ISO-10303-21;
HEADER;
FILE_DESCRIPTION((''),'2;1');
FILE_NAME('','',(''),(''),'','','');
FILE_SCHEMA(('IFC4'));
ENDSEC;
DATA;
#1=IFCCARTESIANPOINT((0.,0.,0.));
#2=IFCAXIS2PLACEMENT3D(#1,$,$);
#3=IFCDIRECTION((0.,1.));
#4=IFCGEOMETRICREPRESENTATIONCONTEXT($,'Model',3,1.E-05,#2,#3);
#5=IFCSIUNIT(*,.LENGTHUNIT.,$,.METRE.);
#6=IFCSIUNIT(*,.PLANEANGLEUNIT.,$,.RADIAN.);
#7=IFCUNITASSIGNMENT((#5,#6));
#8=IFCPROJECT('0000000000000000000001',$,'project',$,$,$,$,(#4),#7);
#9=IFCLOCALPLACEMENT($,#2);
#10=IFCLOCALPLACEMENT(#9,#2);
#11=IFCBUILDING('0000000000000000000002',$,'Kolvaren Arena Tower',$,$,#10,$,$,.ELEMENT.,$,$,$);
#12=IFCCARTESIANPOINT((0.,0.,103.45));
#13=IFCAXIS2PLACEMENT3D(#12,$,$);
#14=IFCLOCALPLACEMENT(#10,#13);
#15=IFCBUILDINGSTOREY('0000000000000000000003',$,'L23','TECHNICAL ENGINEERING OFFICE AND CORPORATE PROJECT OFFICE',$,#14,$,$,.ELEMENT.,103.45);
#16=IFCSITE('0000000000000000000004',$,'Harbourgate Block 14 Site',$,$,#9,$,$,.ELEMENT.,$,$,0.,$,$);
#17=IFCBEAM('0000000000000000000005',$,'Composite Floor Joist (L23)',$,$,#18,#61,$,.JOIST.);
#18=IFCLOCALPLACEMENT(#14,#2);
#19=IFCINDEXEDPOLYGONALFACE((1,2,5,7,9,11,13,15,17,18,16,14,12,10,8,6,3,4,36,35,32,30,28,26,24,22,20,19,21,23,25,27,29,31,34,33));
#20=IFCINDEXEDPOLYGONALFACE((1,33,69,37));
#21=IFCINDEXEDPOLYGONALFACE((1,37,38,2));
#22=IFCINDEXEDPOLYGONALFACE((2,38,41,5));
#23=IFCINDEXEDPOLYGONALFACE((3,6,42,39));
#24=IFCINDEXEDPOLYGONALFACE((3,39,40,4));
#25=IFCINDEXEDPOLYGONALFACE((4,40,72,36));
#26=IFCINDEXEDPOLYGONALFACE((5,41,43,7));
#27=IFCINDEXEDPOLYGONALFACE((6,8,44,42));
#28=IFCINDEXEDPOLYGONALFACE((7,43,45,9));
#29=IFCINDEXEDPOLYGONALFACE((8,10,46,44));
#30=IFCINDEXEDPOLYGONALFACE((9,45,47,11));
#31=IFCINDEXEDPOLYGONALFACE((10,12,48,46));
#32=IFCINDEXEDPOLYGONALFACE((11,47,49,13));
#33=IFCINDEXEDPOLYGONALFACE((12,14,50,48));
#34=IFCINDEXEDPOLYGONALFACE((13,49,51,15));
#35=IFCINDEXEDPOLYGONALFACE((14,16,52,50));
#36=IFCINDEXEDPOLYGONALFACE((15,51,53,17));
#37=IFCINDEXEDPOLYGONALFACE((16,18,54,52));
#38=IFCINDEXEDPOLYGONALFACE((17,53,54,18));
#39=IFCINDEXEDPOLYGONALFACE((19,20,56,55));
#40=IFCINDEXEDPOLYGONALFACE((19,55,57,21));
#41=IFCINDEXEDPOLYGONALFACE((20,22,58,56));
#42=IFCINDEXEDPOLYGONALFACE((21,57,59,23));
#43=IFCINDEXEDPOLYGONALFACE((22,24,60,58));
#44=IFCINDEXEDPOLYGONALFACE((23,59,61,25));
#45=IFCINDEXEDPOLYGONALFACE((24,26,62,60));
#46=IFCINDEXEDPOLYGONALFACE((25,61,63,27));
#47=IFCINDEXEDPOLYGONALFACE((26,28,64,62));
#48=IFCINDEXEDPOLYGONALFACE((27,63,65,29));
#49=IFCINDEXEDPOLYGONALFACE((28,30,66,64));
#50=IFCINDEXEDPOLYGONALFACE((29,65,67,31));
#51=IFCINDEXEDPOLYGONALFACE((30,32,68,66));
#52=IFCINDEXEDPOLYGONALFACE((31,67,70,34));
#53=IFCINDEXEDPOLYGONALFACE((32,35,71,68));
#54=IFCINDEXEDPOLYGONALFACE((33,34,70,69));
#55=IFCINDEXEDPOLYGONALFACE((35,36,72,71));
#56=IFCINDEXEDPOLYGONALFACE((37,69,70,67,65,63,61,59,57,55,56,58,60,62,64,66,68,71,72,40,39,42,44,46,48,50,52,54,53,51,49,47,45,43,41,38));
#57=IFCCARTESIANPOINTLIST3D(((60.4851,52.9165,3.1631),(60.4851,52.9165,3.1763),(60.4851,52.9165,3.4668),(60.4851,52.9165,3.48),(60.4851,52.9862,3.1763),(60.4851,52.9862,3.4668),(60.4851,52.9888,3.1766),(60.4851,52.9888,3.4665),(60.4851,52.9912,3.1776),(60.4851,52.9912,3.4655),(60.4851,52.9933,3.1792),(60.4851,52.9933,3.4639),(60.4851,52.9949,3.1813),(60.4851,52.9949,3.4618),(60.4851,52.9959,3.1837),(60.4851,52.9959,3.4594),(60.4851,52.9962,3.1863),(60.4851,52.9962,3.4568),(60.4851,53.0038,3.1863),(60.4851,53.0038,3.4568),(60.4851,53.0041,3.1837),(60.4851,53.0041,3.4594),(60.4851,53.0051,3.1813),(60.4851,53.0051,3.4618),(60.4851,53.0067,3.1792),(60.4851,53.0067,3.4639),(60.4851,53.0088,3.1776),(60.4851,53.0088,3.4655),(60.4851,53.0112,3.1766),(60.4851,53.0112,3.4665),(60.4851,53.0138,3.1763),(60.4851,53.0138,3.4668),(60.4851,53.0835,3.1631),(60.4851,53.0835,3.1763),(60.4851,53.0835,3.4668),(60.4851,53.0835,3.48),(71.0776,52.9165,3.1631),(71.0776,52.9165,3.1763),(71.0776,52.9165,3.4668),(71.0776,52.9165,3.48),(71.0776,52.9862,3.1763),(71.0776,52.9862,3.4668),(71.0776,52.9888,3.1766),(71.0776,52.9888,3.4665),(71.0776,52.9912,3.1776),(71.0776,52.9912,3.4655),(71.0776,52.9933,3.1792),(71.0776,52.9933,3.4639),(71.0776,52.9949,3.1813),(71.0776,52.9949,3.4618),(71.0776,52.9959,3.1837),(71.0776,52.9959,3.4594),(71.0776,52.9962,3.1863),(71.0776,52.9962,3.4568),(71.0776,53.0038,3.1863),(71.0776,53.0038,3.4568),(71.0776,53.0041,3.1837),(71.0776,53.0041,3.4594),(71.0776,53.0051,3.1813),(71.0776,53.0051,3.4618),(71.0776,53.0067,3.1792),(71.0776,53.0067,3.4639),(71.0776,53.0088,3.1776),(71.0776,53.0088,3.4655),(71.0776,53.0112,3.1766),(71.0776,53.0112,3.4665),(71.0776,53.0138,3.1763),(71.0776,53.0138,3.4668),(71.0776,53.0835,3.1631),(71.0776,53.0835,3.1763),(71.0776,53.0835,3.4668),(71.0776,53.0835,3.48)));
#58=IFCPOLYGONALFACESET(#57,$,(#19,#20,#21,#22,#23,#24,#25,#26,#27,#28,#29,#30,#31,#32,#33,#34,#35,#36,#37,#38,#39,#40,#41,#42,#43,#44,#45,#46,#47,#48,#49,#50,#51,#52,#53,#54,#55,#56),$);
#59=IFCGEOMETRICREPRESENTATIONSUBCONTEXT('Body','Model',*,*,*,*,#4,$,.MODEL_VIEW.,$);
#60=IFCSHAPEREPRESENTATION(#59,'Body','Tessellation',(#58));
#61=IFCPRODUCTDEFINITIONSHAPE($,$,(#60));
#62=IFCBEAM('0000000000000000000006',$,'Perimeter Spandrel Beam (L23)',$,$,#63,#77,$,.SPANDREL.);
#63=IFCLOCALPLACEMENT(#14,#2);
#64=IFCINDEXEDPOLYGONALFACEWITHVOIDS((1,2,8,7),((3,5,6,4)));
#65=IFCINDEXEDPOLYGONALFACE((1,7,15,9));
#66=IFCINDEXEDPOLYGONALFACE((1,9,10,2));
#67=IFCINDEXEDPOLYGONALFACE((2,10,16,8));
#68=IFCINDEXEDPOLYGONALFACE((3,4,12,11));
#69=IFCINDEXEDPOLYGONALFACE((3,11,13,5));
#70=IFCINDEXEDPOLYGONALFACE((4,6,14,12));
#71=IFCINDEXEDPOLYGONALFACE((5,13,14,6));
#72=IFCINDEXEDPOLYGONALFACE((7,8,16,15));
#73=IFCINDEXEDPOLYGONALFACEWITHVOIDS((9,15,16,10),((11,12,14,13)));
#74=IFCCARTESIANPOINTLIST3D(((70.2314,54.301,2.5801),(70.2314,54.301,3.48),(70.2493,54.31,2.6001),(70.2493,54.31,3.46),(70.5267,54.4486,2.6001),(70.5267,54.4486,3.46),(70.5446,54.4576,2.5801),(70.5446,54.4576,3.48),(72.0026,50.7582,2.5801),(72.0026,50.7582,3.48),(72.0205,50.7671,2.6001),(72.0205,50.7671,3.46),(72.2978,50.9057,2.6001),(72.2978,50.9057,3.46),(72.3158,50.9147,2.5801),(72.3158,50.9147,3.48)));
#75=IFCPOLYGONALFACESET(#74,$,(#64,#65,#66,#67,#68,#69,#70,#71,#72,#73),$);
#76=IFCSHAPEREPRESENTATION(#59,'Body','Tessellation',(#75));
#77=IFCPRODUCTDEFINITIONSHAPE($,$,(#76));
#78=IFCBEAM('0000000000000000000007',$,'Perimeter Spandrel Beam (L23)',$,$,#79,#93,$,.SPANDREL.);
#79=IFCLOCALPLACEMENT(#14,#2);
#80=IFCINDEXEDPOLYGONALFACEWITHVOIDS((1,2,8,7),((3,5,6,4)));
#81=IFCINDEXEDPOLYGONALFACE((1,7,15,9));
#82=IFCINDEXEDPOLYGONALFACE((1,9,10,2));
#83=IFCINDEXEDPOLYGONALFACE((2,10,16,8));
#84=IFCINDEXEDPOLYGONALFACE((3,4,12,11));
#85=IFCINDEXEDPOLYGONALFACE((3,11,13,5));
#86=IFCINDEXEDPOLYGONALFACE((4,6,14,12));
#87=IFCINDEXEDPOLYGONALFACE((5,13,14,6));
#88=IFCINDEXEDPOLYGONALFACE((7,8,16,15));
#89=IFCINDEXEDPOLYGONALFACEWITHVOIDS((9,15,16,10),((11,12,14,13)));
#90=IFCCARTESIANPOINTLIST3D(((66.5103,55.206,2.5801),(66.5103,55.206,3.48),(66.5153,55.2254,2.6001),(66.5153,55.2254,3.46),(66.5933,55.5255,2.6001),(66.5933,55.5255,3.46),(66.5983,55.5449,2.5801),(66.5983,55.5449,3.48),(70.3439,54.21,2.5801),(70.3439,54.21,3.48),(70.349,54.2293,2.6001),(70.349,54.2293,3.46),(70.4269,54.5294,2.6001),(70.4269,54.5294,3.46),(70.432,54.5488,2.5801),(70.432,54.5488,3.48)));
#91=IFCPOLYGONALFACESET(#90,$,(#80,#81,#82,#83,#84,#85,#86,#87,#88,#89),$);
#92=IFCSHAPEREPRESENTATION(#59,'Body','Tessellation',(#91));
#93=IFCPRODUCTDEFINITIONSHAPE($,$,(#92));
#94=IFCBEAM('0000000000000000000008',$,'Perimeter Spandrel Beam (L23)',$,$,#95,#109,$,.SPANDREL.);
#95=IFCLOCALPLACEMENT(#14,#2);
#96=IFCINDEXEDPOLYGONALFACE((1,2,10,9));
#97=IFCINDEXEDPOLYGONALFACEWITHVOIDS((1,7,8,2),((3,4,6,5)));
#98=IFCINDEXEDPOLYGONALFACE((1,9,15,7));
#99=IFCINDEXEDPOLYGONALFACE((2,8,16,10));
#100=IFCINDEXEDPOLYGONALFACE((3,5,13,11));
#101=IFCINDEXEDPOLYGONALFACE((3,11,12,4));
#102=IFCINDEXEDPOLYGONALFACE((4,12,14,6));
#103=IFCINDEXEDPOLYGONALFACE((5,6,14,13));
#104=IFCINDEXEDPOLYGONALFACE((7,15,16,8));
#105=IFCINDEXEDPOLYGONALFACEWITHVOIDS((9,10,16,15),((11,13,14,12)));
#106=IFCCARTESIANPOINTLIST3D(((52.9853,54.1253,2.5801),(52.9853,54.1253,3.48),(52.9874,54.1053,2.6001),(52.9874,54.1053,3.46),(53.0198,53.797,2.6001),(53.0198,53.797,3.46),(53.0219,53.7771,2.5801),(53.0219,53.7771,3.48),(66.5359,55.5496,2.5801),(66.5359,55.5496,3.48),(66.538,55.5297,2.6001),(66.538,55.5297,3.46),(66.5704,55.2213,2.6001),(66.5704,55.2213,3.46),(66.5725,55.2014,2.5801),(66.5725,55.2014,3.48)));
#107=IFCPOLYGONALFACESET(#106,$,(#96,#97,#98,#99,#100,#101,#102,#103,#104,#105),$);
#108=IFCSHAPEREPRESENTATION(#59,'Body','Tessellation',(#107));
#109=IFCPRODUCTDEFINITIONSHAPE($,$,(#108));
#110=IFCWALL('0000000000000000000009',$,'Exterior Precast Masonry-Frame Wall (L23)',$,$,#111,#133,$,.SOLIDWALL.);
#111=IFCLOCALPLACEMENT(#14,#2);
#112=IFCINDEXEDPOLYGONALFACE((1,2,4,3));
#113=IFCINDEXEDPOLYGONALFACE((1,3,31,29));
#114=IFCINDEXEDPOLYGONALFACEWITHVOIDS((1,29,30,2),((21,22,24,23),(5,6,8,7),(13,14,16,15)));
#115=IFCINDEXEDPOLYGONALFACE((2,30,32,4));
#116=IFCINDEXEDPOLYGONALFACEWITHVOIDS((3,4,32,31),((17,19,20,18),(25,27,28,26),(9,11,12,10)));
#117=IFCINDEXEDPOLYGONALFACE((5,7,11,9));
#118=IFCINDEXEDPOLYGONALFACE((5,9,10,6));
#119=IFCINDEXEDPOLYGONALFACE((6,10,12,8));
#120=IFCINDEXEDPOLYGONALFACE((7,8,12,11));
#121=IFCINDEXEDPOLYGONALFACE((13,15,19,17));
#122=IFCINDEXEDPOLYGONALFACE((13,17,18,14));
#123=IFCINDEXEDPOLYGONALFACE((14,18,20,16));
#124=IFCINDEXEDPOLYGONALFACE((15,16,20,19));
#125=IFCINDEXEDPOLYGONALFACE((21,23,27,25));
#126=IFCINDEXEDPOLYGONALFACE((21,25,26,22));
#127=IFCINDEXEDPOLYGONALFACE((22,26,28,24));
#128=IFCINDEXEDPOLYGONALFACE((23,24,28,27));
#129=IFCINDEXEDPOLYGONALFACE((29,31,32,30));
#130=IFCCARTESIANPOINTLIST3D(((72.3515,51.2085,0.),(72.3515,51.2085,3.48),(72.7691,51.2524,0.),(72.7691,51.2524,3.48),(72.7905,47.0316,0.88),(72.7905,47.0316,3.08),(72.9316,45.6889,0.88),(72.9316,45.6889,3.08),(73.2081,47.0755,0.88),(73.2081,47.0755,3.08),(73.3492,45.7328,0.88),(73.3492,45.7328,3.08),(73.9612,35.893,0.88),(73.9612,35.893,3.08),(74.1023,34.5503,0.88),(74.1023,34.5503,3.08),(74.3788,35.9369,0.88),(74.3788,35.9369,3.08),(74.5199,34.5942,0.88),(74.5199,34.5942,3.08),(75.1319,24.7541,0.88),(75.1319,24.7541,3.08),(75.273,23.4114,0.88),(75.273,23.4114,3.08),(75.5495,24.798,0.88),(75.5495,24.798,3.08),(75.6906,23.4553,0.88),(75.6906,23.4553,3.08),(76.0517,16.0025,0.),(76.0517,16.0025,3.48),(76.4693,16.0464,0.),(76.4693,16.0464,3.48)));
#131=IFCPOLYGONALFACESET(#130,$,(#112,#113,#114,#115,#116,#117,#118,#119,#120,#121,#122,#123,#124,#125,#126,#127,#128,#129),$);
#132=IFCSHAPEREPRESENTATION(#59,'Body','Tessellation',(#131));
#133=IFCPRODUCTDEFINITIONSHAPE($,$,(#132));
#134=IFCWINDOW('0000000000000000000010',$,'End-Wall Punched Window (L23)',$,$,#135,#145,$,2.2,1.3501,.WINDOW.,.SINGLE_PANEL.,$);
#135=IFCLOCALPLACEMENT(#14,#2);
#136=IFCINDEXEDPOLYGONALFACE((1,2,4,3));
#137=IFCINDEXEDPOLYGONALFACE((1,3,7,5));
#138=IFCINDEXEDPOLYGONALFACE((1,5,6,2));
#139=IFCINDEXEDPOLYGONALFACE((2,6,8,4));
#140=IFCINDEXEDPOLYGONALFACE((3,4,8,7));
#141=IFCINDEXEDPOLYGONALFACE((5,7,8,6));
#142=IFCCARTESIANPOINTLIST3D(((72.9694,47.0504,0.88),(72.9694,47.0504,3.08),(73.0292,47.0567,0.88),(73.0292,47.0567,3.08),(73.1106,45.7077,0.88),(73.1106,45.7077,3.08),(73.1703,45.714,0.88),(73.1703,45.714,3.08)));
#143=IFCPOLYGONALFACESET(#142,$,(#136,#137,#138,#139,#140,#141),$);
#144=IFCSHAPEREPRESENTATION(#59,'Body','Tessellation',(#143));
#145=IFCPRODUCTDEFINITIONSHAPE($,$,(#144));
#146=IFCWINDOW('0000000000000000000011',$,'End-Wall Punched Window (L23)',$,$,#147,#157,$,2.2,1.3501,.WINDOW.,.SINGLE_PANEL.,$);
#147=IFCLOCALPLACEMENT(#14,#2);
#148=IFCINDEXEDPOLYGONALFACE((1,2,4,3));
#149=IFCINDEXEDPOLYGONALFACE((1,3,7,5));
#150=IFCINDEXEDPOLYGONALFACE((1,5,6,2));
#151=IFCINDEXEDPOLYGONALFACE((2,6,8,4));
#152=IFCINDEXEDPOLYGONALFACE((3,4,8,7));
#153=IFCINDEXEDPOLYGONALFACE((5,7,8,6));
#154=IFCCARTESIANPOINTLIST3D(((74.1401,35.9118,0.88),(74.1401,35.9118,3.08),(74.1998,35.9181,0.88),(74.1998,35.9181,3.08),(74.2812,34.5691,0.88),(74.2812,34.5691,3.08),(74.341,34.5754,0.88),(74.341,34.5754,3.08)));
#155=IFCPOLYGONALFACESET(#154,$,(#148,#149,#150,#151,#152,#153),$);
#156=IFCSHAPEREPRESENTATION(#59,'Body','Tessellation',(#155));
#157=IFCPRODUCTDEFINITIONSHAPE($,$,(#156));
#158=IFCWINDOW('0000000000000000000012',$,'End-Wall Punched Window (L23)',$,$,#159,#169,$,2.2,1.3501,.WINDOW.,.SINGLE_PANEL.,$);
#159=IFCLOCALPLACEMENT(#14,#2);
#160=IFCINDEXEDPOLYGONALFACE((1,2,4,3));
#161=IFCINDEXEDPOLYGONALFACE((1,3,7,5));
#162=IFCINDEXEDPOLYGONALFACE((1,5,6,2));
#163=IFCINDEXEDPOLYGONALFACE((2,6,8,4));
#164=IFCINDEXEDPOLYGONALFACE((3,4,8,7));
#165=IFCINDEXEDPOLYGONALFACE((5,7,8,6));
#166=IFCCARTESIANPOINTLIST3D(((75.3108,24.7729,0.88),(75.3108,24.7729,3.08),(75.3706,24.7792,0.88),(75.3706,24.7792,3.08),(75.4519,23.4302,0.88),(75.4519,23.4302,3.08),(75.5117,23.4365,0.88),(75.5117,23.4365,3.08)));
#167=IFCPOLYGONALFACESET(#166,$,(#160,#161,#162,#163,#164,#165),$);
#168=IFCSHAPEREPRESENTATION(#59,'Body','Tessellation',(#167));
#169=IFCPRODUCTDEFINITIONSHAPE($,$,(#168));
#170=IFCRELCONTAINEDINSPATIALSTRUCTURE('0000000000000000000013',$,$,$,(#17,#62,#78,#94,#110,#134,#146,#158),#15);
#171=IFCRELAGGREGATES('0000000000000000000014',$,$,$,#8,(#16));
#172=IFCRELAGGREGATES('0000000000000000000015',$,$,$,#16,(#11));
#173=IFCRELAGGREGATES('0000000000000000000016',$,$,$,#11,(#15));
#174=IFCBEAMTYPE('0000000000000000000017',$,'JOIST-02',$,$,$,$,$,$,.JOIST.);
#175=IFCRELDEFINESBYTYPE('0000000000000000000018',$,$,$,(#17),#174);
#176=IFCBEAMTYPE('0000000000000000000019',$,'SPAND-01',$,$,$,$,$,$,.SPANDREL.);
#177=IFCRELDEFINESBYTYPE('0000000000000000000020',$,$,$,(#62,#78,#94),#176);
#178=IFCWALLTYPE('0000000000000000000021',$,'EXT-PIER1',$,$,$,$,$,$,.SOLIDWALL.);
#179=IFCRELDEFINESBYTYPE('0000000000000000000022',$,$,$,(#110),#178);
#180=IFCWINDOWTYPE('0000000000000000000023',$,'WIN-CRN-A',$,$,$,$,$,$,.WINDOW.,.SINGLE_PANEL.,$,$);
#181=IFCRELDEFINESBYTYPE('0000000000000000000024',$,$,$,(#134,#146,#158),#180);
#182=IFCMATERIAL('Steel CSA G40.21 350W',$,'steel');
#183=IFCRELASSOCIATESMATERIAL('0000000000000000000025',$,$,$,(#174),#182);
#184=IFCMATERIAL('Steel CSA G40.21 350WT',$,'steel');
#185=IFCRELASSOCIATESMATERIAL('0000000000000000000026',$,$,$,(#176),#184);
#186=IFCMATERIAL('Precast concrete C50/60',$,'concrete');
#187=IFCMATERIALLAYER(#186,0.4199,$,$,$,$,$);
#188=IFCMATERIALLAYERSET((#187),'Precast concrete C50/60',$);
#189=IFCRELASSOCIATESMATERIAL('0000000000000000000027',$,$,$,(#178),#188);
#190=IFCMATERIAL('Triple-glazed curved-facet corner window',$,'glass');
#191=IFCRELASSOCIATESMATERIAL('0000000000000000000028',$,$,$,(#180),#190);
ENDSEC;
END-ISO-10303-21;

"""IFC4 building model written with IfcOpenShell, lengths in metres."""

from ifc_helpers import new_model, si_unit, direction, frame, frame_2d, origin, origin_2d, place, context, subcontext, project, spatial, rectangle, hollow_rectangle, i_section, extrude, material, layer, layer_set, material_profile, profile_set, type_object, element, fill, save


model = new_model("IFC4")

# Units and contexts
model_context = context("Model", 3, precision=1e-05, world=origin(), true_north=direction((0.0, 1.0)))
body_context = subcontext(model_context, "Body", "Model", "MODEL_VIEW")
ifc_project = project(units=[si_unit("LENGTHUNIT", "METRE"), si_unit("PLANEANGLEUNIT", "RADIAN")], contexts=[model_context])

# Site, building, storey
site_placement = place(None, origin())
site = spatial("IfcSite", under=ifc_project, at=site_placement, Name="Harbourgate Block 14 Site", CompositionType="ELEMENT", RefElevation=0.0)
building_placement = place(site_placement, origin())
building = spatial("IfcBuilding", under=site, at=building_placement, Name="Kolvaren Arena Tower", CompositionType="ELEMENT")
storey_placement = place(building_placement, frame((0.0, 0.0, 103.45)))
storey = spatial("IfcBuildingStorey", under=building, at=storey_placement, Name="L23", Description="TECHNICAL ENGINEERING OFFICE AND CORPORATE PROJECT OFFICE", CompositionType="ELEMENT", Elevation=103.45)

# Beams
ifc_material_1 = material(Name="Steel CSA G40.21 350W", Category="steel")
ifc_material_profile_1 = material_profile(ifc_material_1, i_section(OverallWidth=0.167, OverallDepth=0.3169, WebThickness=0.0076, FlangeThickness=0.0132, FilletRadius=0.01, at=origin_2d()), Name="W310x52")
ifc_profile_set_1 = profile_set([ifc_material_profile_1], Name="Steel CSA G40.21 350W")
beam_type_1 = type_object("IfcBeamType", Name="JOIST-02", PredefinedType="JOIST", material=ifc_profile_set_1)
beam_1_placement = place(storey_placement, frame((60.4851, 53.0, 3.3215), z_axis=(1.0, 0.0, 0.0), x_axis=(0.0, 1.0, 0.0)))
element("IfcBeam", 1, at=beam_1_placement, inside=storey, type_object=beam_type_1, Name="Composite Floor Joist (L23)", PredefinedType="JOIST", context=body_context, shape_type="SweptSolid", body=[
    extrude(i_section(OverallWidth=0.167, OverallDepth=0.3169, WebThickness=0.0076, FlangeThickness=0.0132, FilletRadius=0.01, at=origin_2d()), origin(), (0.0, 0.0, 1.0), 10.5925),
])
ifc_material_2 = material(Name="Steel CSA G40.21 350WT", Category="steel")
ifc_material_profile_2 = material_profile(ifc_material_2, hollow_rectangle(XDim=0.3501, YDim=0.8999, WallThickness=0.02, at=origin_2d()), Name="HSS 900x350x20")
ifc_profile_set_2 = profile_set([ifc_material_profile_2], Name="Steel CSA G40.21 350WT")
beam_type_2 = type_object("IfcBeamType", Name="SPAND-01", PredefinedType="SPANDREL", material=ifc_profile_set_2)
for number, where, z_axis, x_axis, name in (
    (2, (72.1592, 50.8364, 3.03), (-0.447164, 0.894452, 0.0), (-0.894452, -0.447164, 0.0), "Perimeter Spandrel Beam (L23)"),
    (3, (70.3879, 54.3794, 3.03), (-0.967864, 0.251473, 0.0), (-0.251473, -0.967864, 0.0), "Perimeter Spandrel Beam (L23)"),
):
    element("IfcBeam", number, at=place(storey_placement, frame(where, z_axis=z_axis, x_axis=x_axis)), inside=storey, type_object=beam_type_2, Name=name, PredefinedType="SPANDREL", context=body_context, shape_type="SweptSolid", body=[
        extrude(hollow_rectangle(XDim=0.3501, YDim=0.8999, WallThickness=0.02, at=origin_2d()), origin(), (0.0, 0.0, 1.0), 3.9609),
    ])
beam_2_placement = place(storey_placement, frame((66.5542, 55.3755, 3.03), z_axis=(-0.994521, -0.104536, 0.0), x_axis=(0.104536, -0.994521, 0.0)))
element("IfcBeam", 4, at=beam_2_placement, inside=storey, type_object=beam_type_2, Name="Perimeter Spandrel Beam (L23)", PredefinedType="SPANDREL", context=body_context, shape_type="SweptSolid", body=[
    extrude(hollow_rectangle(XDim=0.3501, YDim=0.8999, WallThickness=0.02, at=origin_2d()), origin(), (0.0, 0.0, 1.0), 13.6252),
])

# Wall, openings, windows
ifc_material_3 = material(Name="Precast concrete C50/60", Category="concrete")
ifc_layer_1 = layer(ifc_material_3, 0.4199)
ifc_layer_set_1 = layer_set([ifc_layer_1], Name="Precast concrete C50/60")
wall_type_1 = type_object("IfcWallType", Name="EXT-PIER1", PredefinedType="SOLIDWALL", material=ifc_layer_set_1)
wall_1_placement = place(storey_placement, frame((72.5603, 51.2305, 0.0), z_axis=(0.0, 0.0, 1.0), x_axis=(0.104525, -0.994522, 0.0)))
wall_1 = element("IfcWall", 5, at=wall_1_placement, inside=storey, type_object=wall_type_1, Name="Exterior Precast Masonry-Frame Wall (L23)", PredefinedType="SOLIDWALL", context=body_context, shape_type="SweptSolid", body=[
    extrude(rectangle(XDim=35.3999, YDim=0.4199, at=frame_2d((17.7, 0.0))), origin(), (0.0, 0.0, 1.0), 3.48),
])
opening_1_placement = place(wall_1_placement, frame((4.2, 0.0, 0.8799)))
opening_1 = element("IfcOpeningElement", 6, at=opening_1_placement, cuts=wall_1, PredefinedType="OPENING", context=body_context, shape_type="SweptSolid", body=[
    extrude(rectangle(XDim=1.3501, YDim=2.2, at=frame_2d((0.675, 1.1001))), frame((0.0, 0.22, 0.0), z_axis=(0.0, -1.0, 0.0), x_axis=(1.0, 0.0, 0.0)), (0.0, 0.0, 1.0), 0.4399),
])
opening_2_placement = place(wall_1_placement, frame((15.3999, 0.0, 0.8799)))
opening_2 = element("IfcOpeningElement", 7, at=opening_2_placement, cuts=wall_1, PredefinedType="OPENING", context=body_context, shape_type="SweptSolid", body=[
    extrude(rectangle(XDim=1.3501, YDim=2.2, at=frame_2d((0.675, 1.1001))), frame((0.0, 0.22, 0.0), z_axis=(0.0, -1.0, 0.0), x_axis=(1.0, 0.0, 0.0)), (0.0, 0.0, 1.0), 0.4399),
])
opening_3_placement = place(wall_1_placement, frame((26.6001, 0.0, 0.8799)))
opening_3 = element("IfcOpeningElement", 8, at=opening_3_placement, cuts=wall_1, PredefinedType="OPENING", context=body_context, shape_type="SweptSolid", body=[
    extrude(rectangle(XDim=1.3501, YDim=2.2, at=frame_2d((0.675, 1.1001))), frame((0.0, 0.22, 0.0), z_axis=(0.0, -1.0, 0.0), x_axis=(1.0, 0.0, 0.0)), (0.0, 0.0, 1.0), 0.4399),
])
ifc_material_4 = material(Name="Triple-glazed curved-facet corner window", Category="glass")
window_type = type_object("IfcWindowType", Name="WIN-CRN-A", PartitioningType="SINGLE_PANEL", PredefinedType="WINDOW", material=ifc_material_4)
window_1_placement = place(opening_1_placement, origin())
window_1 = element("IfcWindow", 9, at=window_1_placement, inside=storey, type_object=window_type, Name="End-Wall Punched Window (L23)", OverallHeight=2.2, OverallWidth=1.3501, PartitioningType="SINGLE_PANEL", PredefinedType="WINDOW", context=body_context, shape_type="SweptSolid", body=[
    extrude(rectangle(XDim=1.3501, YDim=2.2, at=frame_2d((0.675, 1.1001))), frame((0.0, 0.03, 0.0), z_axis=(0.0, -1.0, 0.0), x_axis=(1.0, 0.0, 0.0)), (0.0, 0.0, 1.0), 0.0601),
])
fill(opening_1, window_1)
window_2_placement = place(opening_2_placement, origin())
window_2 = element("IfcWindow", 10, at=window_2_placement, inside=storey, type_object=window_type, Name="End-Wall Punched Window (L23)", OverallHeight=2.2, OverallWidth=1.3501, PartitioningType="SINGLE_PANEL", PredefinedType="WINDOW", context=body_context, shape_type="SweptSolid", body=[
    extrude(rectangle(XDim=1.3501, YDim=2.2, at=frame_2d((0.675, 1.1001))), frame((0.0, 0.03, 0.0), z_axis=(0.0, -1.0, 0.0), x_axis=(1.0, 0.0, 0.0)), (0.0, 0.0, 1.0), 0.0601),
])
fill(opening_2, window_2)
window_3_placement = place(opening_3_placement, origin())
window_3 = element("IfcWindow", 11, at=window_3_placement, inside=storey, type_object=window_type, Name="End-Wall Punched Window (L23)", OverallHeight=2.2, OverallWidth=1.3501, PartitioningType="SINGLE_PANEL", PredefinedType="WINDOW", context=body_context, shape_type="SweptSolid", body=[
    extrude(rectangle(XDim=1.3501, YDim=2.2, at=frame_2d((0.675, 1.1001))), frame((0.0, 0.03, 0.0), z_axis=(0.0, -1.0, 0.0), x_axis=(1.0, 0.0, 0.0)), (0.0, 0.0, 1.0), 0.0601),
])
fill(opening_3, window_3)

save(model, "model.ifc")
